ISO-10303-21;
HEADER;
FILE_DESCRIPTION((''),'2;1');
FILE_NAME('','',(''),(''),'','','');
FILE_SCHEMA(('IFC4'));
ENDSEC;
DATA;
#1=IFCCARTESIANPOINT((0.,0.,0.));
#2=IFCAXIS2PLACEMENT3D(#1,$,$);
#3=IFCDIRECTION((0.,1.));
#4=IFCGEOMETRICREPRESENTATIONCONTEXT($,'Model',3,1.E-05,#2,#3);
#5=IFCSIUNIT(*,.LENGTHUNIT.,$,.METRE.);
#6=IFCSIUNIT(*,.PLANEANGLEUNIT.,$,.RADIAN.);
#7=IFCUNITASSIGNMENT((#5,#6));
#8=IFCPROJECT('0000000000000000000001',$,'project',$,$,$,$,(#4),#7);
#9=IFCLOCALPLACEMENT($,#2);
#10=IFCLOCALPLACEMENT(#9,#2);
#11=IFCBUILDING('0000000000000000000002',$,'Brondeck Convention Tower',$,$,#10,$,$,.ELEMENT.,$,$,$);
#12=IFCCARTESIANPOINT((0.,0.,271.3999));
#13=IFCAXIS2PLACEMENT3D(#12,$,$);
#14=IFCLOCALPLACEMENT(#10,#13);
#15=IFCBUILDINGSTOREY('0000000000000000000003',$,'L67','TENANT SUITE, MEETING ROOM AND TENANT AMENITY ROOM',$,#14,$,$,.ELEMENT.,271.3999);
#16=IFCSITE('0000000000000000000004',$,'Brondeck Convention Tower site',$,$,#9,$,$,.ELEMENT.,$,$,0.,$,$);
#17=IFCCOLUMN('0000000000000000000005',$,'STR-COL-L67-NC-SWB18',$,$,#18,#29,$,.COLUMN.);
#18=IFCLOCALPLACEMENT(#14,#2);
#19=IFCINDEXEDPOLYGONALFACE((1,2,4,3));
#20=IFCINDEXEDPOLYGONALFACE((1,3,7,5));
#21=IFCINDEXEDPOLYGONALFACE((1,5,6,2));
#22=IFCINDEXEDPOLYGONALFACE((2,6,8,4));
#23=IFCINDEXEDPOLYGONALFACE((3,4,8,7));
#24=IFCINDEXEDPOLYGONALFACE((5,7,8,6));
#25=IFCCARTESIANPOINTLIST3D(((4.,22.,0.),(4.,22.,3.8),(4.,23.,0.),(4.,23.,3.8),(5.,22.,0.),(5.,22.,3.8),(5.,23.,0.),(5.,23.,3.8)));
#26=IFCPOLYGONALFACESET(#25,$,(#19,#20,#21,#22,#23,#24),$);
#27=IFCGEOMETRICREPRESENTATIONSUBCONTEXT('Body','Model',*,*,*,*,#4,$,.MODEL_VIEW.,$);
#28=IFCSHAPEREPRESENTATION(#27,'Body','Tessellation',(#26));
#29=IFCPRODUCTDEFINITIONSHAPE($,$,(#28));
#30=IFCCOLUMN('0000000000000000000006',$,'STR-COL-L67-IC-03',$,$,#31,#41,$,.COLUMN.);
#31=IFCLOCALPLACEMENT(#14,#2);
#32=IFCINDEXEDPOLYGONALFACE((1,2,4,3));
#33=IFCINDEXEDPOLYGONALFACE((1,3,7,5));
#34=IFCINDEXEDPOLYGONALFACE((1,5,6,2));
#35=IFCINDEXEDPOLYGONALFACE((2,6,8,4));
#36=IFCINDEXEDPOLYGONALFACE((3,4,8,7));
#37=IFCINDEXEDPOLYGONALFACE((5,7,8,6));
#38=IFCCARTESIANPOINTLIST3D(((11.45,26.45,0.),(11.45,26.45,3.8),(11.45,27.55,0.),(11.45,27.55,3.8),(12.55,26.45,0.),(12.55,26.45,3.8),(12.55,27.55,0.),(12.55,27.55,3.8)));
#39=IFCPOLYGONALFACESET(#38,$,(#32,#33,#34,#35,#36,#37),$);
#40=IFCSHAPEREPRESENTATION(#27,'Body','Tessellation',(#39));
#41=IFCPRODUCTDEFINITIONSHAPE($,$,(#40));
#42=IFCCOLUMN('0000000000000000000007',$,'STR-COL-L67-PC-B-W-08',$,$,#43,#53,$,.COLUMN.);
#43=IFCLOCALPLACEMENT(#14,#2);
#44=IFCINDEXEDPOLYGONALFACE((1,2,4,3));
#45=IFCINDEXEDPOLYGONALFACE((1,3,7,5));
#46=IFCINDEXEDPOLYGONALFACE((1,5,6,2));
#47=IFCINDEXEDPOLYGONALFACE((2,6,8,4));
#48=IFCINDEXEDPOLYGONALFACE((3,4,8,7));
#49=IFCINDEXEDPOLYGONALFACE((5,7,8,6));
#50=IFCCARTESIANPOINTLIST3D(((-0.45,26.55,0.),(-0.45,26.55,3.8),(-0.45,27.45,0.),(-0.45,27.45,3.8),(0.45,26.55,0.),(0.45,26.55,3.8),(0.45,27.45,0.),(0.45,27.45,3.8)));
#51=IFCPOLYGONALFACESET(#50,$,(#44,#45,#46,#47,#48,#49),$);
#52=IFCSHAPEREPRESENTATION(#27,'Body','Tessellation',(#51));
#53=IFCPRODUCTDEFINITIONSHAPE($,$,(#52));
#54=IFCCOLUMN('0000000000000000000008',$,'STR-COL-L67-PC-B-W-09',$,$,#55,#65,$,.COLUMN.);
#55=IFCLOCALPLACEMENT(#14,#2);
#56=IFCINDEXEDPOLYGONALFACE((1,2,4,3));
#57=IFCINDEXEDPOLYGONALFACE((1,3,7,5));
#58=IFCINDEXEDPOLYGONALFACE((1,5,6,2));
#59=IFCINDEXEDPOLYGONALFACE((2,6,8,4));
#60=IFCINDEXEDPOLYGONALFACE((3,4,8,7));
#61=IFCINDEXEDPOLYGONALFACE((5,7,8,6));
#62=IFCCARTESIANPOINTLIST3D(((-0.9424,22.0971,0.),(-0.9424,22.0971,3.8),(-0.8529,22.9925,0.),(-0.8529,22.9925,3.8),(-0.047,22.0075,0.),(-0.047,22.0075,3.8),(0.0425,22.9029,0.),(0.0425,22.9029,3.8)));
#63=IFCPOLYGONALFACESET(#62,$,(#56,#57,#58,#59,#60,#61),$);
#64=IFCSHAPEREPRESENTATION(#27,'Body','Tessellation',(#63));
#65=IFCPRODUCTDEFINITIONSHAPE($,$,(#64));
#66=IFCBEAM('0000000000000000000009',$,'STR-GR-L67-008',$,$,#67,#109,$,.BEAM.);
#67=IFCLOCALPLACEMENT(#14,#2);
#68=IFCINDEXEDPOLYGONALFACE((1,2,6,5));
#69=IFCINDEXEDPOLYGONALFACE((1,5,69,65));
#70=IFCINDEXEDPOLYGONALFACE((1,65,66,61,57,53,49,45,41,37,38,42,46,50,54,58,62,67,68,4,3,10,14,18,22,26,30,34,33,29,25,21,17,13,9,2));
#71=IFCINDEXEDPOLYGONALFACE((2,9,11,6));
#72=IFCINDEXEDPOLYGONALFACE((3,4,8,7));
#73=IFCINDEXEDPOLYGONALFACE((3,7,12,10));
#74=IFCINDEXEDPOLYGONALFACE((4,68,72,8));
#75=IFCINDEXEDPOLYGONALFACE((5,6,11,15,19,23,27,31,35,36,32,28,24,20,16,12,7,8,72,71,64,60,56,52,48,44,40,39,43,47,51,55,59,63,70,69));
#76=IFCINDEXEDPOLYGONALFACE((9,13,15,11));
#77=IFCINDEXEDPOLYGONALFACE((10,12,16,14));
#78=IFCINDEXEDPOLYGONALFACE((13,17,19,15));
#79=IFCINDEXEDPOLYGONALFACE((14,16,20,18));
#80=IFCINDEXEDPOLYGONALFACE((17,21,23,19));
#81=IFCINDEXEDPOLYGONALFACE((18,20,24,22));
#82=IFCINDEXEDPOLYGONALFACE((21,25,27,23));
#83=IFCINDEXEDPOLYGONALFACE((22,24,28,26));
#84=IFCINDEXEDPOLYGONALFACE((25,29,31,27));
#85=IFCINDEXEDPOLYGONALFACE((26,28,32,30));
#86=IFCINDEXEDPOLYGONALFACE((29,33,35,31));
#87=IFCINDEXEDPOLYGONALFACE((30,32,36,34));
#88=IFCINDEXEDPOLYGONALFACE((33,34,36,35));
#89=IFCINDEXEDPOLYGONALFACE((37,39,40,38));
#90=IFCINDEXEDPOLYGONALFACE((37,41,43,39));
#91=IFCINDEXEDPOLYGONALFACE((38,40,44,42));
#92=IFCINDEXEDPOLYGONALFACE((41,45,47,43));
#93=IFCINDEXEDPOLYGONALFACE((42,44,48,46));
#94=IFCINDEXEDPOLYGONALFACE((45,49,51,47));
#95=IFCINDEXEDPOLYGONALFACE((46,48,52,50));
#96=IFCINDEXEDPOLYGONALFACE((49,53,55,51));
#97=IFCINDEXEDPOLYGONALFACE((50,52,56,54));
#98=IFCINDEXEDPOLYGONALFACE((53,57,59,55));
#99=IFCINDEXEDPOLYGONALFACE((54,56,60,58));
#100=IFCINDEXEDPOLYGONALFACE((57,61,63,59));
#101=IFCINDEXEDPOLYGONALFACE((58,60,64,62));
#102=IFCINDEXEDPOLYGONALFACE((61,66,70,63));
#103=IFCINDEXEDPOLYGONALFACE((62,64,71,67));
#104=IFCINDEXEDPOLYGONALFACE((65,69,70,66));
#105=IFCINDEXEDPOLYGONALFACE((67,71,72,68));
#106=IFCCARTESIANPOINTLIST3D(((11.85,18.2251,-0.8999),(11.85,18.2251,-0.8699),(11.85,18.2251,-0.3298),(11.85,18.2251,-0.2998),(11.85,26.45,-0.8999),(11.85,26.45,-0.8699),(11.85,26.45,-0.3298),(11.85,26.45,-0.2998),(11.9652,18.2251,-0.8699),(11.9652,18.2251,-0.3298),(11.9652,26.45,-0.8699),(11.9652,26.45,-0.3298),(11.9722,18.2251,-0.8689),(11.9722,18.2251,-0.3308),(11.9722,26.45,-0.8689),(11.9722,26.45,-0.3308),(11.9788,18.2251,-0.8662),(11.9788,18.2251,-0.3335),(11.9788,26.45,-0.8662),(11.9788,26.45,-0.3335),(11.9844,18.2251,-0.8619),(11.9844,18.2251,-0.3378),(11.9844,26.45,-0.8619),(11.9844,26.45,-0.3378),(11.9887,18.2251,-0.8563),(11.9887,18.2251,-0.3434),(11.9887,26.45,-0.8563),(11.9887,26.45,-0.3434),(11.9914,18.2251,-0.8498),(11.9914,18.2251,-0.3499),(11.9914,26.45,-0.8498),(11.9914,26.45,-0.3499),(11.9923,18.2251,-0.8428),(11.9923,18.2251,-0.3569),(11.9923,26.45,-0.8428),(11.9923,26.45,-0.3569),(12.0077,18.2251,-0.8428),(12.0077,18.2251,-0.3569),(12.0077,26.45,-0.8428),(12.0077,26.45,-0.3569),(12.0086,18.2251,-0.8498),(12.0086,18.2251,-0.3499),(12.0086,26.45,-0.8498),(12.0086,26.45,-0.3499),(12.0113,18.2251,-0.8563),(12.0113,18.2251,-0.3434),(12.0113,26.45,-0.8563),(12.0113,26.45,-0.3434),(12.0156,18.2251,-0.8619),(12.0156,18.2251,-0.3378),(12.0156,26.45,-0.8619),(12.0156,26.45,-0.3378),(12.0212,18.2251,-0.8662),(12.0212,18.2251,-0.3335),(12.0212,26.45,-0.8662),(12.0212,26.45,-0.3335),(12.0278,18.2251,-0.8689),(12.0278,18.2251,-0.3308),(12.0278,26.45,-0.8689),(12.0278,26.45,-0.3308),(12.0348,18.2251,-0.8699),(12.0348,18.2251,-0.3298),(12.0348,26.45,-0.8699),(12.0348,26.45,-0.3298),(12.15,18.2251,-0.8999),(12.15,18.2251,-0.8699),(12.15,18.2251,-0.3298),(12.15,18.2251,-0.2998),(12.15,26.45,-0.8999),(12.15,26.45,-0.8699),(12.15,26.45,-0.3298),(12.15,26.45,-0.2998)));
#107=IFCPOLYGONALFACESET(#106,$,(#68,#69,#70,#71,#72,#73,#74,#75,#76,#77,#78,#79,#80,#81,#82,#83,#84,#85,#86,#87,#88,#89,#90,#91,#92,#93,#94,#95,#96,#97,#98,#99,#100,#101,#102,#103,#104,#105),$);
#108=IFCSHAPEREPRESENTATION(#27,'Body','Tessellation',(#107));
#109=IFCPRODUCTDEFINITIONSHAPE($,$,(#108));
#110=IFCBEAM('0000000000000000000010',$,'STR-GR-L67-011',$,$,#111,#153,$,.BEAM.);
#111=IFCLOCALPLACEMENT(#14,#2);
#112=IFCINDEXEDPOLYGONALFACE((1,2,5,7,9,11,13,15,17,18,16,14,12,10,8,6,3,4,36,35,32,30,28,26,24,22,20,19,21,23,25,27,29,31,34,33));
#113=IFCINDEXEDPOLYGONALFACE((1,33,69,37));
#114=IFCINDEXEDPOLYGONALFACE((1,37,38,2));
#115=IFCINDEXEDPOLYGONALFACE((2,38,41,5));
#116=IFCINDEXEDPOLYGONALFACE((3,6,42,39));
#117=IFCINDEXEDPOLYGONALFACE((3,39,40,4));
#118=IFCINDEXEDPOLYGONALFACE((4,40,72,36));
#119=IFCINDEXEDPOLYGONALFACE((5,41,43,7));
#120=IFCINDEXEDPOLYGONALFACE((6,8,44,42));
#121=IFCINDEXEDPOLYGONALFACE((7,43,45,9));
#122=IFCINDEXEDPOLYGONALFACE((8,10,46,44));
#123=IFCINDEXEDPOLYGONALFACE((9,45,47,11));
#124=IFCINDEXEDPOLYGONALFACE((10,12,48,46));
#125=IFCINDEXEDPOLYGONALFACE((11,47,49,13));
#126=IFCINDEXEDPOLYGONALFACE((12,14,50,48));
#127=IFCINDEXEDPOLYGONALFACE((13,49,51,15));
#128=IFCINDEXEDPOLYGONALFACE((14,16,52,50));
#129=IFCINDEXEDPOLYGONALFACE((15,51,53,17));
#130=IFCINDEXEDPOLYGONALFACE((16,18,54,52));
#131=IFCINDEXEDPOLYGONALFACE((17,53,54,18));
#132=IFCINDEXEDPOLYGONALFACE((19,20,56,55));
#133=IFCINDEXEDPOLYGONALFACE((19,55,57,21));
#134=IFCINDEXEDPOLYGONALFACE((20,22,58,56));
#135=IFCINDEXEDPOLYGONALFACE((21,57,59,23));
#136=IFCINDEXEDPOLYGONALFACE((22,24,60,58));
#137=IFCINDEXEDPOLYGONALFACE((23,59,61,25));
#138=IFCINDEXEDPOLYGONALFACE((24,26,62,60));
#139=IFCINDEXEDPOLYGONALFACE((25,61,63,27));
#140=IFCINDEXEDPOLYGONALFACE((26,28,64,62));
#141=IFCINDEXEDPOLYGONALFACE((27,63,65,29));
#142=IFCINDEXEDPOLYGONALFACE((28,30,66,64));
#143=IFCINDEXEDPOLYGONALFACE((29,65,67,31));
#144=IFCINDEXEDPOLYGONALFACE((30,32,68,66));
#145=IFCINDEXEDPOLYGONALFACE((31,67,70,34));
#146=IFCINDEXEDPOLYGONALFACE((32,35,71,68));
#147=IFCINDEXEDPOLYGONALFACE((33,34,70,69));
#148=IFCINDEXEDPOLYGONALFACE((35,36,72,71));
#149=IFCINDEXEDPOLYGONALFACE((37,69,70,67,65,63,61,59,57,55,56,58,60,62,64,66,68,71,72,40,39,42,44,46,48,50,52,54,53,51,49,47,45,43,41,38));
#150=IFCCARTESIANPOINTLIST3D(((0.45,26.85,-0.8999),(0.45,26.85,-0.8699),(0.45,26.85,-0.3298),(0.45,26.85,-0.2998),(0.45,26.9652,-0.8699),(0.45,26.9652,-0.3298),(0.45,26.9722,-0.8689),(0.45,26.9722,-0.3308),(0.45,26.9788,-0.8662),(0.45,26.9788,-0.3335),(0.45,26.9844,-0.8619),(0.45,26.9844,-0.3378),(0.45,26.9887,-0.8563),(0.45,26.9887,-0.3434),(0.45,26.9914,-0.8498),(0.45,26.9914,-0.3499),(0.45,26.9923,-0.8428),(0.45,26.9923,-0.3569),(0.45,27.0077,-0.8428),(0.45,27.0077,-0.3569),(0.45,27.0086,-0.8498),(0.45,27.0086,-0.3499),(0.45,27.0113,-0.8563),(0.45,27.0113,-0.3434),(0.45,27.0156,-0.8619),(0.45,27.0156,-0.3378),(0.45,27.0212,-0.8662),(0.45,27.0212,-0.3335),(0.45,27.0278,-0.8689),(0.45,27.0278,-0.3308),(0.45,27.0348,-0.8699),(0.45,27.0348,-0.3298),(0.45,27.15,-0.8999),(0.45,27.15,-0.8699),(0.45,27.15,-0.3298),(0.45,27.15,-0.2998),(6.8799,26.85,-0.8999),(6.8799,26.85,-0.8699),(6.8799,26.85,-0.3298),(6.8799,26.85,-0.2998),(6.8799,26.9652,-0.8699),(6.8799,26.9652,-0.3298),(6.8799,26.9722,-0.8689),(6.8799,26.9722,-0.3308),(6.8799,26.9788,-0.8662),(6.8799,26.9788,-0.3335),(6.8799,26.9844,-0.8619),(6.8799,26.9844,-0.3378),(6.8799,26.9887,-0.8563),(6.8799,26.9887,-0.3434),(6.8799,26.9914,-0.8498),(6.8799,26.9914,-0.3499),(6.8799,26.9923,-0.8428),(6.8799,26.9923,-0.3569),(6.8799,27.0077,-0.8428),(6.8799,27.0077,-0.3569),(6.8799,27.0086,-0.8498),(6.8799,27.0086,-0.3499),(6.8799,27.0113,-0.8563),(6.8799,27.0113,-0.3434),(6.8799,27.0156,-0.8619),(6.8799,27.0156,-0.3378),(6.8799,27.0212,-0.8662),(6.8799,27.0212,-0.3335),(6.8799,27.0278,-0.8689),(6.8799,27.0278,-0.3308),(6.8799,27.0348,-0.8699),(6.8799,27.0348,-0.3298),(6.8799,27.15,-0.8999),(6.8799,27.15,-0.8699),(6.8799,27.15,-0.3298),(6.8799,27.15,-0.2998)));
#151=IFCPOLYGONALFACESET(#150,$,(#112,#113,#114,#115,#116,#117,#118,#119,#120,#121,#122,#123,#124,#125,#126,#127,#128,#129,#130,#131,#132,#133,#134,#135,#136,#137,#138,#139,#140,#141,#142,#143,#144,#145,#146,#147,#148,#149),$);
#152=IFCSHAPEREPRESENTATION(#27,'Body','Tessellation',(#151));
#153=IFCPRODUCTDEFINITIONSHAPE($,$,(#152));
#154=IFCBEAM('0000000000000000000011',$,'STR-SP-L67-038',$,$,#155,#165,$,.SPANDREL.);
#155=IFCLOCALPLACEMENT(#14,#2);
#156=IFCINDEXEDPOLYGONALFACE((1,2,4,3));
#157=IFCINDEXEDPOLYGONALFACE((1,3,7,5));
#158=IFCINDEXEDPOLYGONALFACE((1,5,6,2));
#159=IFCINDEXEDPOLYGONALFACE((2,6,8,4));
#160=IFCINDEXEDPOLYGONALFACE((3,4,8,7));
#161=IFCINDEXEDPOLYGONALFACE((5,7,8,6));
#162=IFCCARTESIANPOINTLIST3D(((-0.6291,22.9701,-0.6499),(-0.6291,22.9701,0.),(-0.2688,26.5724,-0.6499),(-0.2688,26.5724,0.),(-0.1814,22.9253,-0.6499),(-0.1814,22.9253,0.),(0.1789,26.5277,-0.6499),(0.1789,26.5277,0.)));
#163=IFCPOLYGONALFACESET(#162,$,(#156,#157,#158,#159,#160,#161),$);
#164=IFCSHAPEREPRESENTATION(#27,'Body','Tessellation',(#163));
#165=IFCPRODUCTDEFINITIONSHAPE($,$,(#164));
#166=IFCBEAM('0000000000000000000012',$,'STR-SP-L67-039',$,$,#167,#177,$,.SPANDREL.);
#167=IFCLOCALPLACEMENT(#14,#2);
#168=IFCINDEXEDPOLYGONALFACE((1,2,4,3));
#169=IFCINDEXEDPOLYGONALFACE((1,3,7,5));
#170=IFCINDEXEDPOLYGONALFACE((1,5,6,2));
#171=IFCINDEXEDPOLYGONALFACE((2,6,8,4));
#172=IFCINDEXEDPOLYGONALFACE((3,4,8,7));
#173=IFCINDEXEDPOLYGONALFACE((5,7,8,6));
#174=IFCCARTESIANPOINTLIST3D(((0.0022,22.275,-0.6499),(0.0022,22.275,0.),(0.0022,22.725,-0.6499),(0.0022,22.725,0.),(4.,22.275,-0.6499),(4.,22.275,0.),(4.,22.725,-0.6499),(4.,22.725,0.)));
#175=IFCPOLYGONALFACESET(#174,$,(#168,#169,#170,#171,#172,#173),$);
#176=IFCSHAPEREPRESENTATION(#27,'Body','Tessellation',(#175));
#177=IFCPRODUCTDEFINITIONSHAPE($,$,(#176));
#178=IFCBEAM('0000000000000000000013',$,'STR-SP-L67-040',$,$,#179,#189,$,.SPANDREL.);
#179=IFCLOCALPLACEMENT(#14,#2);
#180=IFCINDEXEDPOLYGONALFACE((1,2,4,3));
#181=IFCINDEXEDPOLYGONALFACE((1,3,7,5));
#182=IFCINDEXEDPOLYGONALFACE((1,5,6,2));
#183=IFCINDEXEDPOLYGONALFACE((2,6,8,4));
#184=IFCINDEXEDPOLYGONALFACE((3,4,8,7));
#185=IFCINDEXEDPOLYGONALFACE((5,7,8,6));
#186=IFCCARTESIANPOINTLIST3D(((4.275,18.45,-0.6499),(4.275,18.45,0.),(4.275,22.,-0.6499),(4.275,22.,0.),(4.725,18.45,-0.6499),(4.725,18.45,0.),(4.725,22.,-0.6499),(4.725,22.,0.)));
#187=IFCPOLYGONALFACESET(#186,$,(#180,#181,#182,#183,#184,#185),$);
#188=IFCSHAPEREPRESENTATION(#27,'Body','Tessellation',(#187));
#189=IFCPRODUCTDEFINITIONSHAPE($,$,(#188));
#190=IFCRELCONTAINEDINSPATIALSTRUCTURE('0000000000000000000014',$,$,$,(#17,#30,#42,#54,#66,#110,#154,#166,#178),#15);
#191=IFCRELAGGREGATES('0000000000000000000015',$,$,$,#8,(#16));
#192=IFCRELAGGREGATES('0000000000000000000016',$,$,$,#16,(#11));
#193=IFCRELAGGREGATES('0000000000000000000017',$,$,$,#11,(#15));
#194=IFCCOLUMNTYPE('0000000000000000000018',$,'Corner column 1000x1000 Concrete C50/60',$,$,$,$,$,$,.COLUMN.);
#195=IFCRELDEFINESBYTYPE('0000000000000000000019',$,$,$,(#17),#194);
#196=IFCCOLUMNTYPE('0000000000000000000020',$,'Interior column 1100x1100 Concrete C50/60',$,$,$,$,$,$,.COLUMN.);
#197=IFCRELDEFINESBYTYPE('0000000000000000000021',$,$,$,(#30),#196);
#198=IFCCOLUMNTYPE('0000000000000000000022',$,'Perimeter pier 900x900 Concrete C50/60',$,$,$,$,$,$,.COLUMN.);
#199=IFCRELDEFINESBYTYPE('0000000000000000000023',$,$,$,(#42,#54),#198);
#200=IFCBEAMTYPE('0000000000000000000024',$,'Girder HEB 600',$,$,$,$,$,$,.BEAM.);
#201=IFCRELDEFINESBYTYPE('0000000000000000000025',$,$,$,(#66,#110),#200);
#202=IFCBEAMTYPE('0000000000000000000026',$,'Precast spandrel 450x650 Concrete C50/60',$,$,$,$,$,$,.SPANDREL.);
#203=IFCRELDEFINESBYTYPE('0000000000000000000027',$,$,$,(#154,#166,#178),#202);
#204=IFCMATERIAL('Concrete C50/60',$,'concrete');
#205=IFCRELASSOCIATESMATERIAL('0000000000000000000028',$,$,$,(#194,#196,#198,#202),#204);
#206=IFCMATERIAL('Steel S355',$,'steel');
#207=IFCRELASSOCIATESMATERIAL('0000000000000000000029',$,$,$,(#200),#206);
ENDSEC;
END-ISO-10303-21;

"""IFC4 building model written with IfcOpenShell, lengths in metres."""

from ifc_helpers import new_model, si_unit, direction, frame, origin, origin_2d, place, context, subcontext, project, spatial, rectangle, i_section, extrude, material, material_profile, profile_set, type_object, element, save


model = new_model("IFC4")

# Units and contexts
model_context = context("Model", 3, precision=1e-05, world=origin(), true_north=direction((0.0, 1.0)))
body_context = subcontext(model_context, "Body", "Model", "MODEL_VIEW")
ifc_project = project(units=[si_unit("LENGTHUNIT", "METRE"), si_unit("PLANEANGLEUNIT", "RADIAN")], contexts=[model_context])

# Site, building, storey
site_placement = place(None, origin())
site = spatial("IfcSite", under=ifc_project, at=site_placement, Name="Brondeck Convention Tower site", CompositionType="ELEMENT", RefElevation=0.0)
building_placement = place(site_placement, origin())
building = spatial("IfcBuilding", under=site, at=building_placement, Name="Brondeck Convention Tower", CompositionType="ELEMENT")
storey_placement = place(building_placement, frame((0.0, 0.0, 271.3999)))
storey = spatial("IfcBuildingStorey", under=building, at=storey_placement, Name="L67", Description="TENANT SUITE, MEETING ROOM AND TENANT AMENITY ROOM", CompositionType="ELEMENT", Elevation=271.3999)

# Columns
ifc_material_1 = material(Name="Concrete C50/60", Category="concrete")
ifc_material_profile_1 = material_profile(ifc_material_1, rectangle(XDim=1.0, YDim=1.0, at=origin_2d()), Name="Corner column 1000x1000 Concrete C50/60")
ifc_profile_set_1 = profile_set([ifc_material_profile_1], Name="Concrete C50/60")
column_type_1 = type_object("IfcColumnType", Name="Corner column 1000x1000 Concrete C50/60", PredefinedType="COLUMN", material=ifc_profile_set_1)
column_1_placement = place(storey_placement, frame((4.5, 22.5, 0.0), z_axis=(0.0, 0.0, 1.0), x_axis=(1.0, 0.0, 0.0)))
element("IfcColumn", 1, at=column_1_placement, inside=storey, type_object=column_type_1, Name="STR-COL-L67-NC-SWB18", PredefinedType="COLUMN", context=body_context, shape_type="SweptSolid", body=[
    extrude(rectangle(XDim=1.0, YDim=1.0, at=origin_2d()), origin(), (0.0, 0.0, 1.0), 3.8),
])
ifc_material_profile_2 = material_profile(ifc_material_1, rectangle(XDim=1.1001, YDim=1.1001, at=origin_2d()), Name="Interior column 1100x1100 Concrete C50/60")
ifc_profile_set_2 = profile_set([ifc_material_profile_2], Name="Concrete C50/60")
column_type_2 = type_object("IfcColumnType", Name="Interior column 1100x1100 Concrete C50/60", PredefinedType="COLUMN", material=ifc_profile_set_2)
column_2_placement = place(storey_placement, frame((12.0, 27.0, 0.0), z_axis=(0.0, 0.0, 1.0), x_axis=(1.0, 0.0, 0.0)))
element("IfcColumn", 2, at=column_2_placement, inside=storey, type_object=column_type_2, Name="STR-COL-L67-IC-03", PredefinedType="COLUMN", context=body_context, shape_type="SweptSolid", body=[
    extrude(rectangle(XDim=1.1001, YDim=1.1001, at=origin_2d()), origin(), (0.0, 0.0, 1.0), 3.8),
])
ifc_material_profile_3 = material_profile(ifc_material_1, rectangle(XDim=0.8999, YDim=0.8999, at=origin_2d()), Name="Perimeter pier 900x900 Concrete C50/60")
ifc_profile_set_3 = profile_set([ifc_material_profile_3], Name="Concrete C50/60")
column_type_3 = type_object("IfcColumnType", Name="Perimeter pier 900x900 Concrete C50/60", PredefinedType="COLUMN", material=ifc_profile_set_3)
for number, where, z_axis, x_axis, name in (
    (3, (0.0, 27.0, 0.0), (0.0, 0.0, 1.0), (0.0, -1.0, 0.0), "STR-COL-L67-PC-B-W-08"),
    (4, (-0.45, 22.5, 0.0), (0.0, 0.0, 1.0), (-0.099504, -0.995037, 0.0), "STR-COL-L67-PC-B-W-09"),
):
    element("IfcColumn", number, at=place(storey_placement, frame(where, z_axis=z_axis, x_axis=x_axis)), inside=storey, type_object=column_type_3, Name=name, PredefinedType="COLUMN", context=body_context, shape_type="SweptSolid", body=[
        extrude(rectangle(XDim=0.8999, YDim=0.8999, at=origin_2d()), origin(), (0.0, 0.0, 1.0), 3.8),
    ])

# Beams
ifc_material_2 = material(Name="Steel S355", Category="steel")
ifc_material_profile_4 = material_profile(ifc_material_2, i_section(OverallWidth=0.3, OverallDepth=0.6001, WebThickness=0.0154, FlangeThickness=0.03, FilletRadius=0.0271, at=origin_2d()), Name="HEB 600")
ifc_profile_set_4 = profile_set([ifc_material_profile_4], Name="Steel S355")
beam_type_1 = type_object("IfcBeamType", Name="Girder HEB 600", PredefinedType="BEAM", material=ifc_profile_set_4)
beam_1_placement = place(storey_placement, frame((12.0, 26.45, -0.5999), z_axis=(0.0, -1.0, 0.0), x_axis=(1.0, 0.0, 0.0)))
element("IfcBeam", 5, at=beam_1_placement, inside=storey, type_object=beam_type_1, Name="STR-GR-L67-008", PredefinedType="BEAM", context=body_context, shape_type="SweptSolid", body=[
    extrude(i_section(OverallWidth=0.3, OverallDepth=0.6001, WebThickness=0.0154, FlangeThickness=0.03, FilletRadius=0.0271, at=origin_2d()), origin(), (0.0, 0.0, 1.0), 8.2249),
])
beam_2_placement = place(storey_placement, frame((0.45, 27.0, -0.5999), z_axis=(1.0, 0.0, 0.0), x_axis=(0.0, 1.0, 0.0)))
element("IfcBeam", 6, at=beam_2_placement, inside=storey, type_object=beam_type_1, Name="STR-GR-L67-011", PredefinedType="BEAM", context=body_context, shape_type="SweptSolid", body=[
    extrude(i_section(OverallWidth=0.3, OverallDepth=0.6001, WebThickness=0.0154, FlangeThickness=0.03, FilletRadius=0.0271, at=origin_2d()), origin(), (0.0, 0.0, 1.0), 6.4299),
])
ifc_material_profile_5 = material_profile(ifc_material_1, rectangle(XDim=0.45, YDim=0.6499, at=origin_2d()), Name="Precast spandrel 450x650 Concrete C50/60")
ifc_profile_set_5 = profile_set([ifc_material_profile_5], Name="Concrete C50/60")
beam_type_2 = type_object("IfcBeamType", Name="Precast spandrel 450x650 Concrete C50/60", PredefinedType="SPANDREL", material=ifc_profile_set_5)
beam_3_placement = place(storey_placement, frame((-0.0449, 26.55, -0.325), z_axis=(-0.099537, -0.995034, 0.0), x_axis=(0.995034, -0.099537, 0.0)))
element("IfcBeam", 7, at=beam_3_placement, inside=storey, type_object=beam_type_2, Name="STR-SP-L67-038", PredefinedType="SPANDREL", context=body_context, shape_type="SweptSolid", body=[
    extrude(rectangle(XDim=0.45, YDim=0.6499, at=origin_2d()), origin(), (0.0, 0.0, 1.0), 3.6204),
])
beam_4_placement = place(storey_placement, frame((0.0022, 22.5, -0.325), z_axis=(1.0, 0.0, 0.0), x_axis=(0.0, 1.0, 0.0)))
element("IfcBeam", 8, at=beam_4_placement, inside=storey, type_object=beam_type_2, Name="STR-SP-L67-039", PredefinedType="SPANDREL", context=body_context, shape_type="SweptSolid", body=[
    extrude(rectangle(XDim=0.45, YDim=0.6499, at=origin_2d()), origin(), (0.0, 0.0, 1.0), 3.9978),
])
beam_5_placement = place(storey_placement, frame((4.5, 22.0, -0.325), z_axis=(0.0, -1.0, 0.0), x_axis=(1.0, 0.0, 0.0)))
element("IfcBeam", 9, at=beam_5_placement, inside=storey, type_object=beam_type_2, Name="STR-SP-L67-040", PredefinedType="SPANDREL", context=body_context, shape_type="SweptSolid", body=[
    extrude(rectangle(XDim=0.45, YDim=0.6499, at=origin_2d()), origin(), (0.0, 0.0, 1.0), 3.55),
])

save(model, "model.ifc")
